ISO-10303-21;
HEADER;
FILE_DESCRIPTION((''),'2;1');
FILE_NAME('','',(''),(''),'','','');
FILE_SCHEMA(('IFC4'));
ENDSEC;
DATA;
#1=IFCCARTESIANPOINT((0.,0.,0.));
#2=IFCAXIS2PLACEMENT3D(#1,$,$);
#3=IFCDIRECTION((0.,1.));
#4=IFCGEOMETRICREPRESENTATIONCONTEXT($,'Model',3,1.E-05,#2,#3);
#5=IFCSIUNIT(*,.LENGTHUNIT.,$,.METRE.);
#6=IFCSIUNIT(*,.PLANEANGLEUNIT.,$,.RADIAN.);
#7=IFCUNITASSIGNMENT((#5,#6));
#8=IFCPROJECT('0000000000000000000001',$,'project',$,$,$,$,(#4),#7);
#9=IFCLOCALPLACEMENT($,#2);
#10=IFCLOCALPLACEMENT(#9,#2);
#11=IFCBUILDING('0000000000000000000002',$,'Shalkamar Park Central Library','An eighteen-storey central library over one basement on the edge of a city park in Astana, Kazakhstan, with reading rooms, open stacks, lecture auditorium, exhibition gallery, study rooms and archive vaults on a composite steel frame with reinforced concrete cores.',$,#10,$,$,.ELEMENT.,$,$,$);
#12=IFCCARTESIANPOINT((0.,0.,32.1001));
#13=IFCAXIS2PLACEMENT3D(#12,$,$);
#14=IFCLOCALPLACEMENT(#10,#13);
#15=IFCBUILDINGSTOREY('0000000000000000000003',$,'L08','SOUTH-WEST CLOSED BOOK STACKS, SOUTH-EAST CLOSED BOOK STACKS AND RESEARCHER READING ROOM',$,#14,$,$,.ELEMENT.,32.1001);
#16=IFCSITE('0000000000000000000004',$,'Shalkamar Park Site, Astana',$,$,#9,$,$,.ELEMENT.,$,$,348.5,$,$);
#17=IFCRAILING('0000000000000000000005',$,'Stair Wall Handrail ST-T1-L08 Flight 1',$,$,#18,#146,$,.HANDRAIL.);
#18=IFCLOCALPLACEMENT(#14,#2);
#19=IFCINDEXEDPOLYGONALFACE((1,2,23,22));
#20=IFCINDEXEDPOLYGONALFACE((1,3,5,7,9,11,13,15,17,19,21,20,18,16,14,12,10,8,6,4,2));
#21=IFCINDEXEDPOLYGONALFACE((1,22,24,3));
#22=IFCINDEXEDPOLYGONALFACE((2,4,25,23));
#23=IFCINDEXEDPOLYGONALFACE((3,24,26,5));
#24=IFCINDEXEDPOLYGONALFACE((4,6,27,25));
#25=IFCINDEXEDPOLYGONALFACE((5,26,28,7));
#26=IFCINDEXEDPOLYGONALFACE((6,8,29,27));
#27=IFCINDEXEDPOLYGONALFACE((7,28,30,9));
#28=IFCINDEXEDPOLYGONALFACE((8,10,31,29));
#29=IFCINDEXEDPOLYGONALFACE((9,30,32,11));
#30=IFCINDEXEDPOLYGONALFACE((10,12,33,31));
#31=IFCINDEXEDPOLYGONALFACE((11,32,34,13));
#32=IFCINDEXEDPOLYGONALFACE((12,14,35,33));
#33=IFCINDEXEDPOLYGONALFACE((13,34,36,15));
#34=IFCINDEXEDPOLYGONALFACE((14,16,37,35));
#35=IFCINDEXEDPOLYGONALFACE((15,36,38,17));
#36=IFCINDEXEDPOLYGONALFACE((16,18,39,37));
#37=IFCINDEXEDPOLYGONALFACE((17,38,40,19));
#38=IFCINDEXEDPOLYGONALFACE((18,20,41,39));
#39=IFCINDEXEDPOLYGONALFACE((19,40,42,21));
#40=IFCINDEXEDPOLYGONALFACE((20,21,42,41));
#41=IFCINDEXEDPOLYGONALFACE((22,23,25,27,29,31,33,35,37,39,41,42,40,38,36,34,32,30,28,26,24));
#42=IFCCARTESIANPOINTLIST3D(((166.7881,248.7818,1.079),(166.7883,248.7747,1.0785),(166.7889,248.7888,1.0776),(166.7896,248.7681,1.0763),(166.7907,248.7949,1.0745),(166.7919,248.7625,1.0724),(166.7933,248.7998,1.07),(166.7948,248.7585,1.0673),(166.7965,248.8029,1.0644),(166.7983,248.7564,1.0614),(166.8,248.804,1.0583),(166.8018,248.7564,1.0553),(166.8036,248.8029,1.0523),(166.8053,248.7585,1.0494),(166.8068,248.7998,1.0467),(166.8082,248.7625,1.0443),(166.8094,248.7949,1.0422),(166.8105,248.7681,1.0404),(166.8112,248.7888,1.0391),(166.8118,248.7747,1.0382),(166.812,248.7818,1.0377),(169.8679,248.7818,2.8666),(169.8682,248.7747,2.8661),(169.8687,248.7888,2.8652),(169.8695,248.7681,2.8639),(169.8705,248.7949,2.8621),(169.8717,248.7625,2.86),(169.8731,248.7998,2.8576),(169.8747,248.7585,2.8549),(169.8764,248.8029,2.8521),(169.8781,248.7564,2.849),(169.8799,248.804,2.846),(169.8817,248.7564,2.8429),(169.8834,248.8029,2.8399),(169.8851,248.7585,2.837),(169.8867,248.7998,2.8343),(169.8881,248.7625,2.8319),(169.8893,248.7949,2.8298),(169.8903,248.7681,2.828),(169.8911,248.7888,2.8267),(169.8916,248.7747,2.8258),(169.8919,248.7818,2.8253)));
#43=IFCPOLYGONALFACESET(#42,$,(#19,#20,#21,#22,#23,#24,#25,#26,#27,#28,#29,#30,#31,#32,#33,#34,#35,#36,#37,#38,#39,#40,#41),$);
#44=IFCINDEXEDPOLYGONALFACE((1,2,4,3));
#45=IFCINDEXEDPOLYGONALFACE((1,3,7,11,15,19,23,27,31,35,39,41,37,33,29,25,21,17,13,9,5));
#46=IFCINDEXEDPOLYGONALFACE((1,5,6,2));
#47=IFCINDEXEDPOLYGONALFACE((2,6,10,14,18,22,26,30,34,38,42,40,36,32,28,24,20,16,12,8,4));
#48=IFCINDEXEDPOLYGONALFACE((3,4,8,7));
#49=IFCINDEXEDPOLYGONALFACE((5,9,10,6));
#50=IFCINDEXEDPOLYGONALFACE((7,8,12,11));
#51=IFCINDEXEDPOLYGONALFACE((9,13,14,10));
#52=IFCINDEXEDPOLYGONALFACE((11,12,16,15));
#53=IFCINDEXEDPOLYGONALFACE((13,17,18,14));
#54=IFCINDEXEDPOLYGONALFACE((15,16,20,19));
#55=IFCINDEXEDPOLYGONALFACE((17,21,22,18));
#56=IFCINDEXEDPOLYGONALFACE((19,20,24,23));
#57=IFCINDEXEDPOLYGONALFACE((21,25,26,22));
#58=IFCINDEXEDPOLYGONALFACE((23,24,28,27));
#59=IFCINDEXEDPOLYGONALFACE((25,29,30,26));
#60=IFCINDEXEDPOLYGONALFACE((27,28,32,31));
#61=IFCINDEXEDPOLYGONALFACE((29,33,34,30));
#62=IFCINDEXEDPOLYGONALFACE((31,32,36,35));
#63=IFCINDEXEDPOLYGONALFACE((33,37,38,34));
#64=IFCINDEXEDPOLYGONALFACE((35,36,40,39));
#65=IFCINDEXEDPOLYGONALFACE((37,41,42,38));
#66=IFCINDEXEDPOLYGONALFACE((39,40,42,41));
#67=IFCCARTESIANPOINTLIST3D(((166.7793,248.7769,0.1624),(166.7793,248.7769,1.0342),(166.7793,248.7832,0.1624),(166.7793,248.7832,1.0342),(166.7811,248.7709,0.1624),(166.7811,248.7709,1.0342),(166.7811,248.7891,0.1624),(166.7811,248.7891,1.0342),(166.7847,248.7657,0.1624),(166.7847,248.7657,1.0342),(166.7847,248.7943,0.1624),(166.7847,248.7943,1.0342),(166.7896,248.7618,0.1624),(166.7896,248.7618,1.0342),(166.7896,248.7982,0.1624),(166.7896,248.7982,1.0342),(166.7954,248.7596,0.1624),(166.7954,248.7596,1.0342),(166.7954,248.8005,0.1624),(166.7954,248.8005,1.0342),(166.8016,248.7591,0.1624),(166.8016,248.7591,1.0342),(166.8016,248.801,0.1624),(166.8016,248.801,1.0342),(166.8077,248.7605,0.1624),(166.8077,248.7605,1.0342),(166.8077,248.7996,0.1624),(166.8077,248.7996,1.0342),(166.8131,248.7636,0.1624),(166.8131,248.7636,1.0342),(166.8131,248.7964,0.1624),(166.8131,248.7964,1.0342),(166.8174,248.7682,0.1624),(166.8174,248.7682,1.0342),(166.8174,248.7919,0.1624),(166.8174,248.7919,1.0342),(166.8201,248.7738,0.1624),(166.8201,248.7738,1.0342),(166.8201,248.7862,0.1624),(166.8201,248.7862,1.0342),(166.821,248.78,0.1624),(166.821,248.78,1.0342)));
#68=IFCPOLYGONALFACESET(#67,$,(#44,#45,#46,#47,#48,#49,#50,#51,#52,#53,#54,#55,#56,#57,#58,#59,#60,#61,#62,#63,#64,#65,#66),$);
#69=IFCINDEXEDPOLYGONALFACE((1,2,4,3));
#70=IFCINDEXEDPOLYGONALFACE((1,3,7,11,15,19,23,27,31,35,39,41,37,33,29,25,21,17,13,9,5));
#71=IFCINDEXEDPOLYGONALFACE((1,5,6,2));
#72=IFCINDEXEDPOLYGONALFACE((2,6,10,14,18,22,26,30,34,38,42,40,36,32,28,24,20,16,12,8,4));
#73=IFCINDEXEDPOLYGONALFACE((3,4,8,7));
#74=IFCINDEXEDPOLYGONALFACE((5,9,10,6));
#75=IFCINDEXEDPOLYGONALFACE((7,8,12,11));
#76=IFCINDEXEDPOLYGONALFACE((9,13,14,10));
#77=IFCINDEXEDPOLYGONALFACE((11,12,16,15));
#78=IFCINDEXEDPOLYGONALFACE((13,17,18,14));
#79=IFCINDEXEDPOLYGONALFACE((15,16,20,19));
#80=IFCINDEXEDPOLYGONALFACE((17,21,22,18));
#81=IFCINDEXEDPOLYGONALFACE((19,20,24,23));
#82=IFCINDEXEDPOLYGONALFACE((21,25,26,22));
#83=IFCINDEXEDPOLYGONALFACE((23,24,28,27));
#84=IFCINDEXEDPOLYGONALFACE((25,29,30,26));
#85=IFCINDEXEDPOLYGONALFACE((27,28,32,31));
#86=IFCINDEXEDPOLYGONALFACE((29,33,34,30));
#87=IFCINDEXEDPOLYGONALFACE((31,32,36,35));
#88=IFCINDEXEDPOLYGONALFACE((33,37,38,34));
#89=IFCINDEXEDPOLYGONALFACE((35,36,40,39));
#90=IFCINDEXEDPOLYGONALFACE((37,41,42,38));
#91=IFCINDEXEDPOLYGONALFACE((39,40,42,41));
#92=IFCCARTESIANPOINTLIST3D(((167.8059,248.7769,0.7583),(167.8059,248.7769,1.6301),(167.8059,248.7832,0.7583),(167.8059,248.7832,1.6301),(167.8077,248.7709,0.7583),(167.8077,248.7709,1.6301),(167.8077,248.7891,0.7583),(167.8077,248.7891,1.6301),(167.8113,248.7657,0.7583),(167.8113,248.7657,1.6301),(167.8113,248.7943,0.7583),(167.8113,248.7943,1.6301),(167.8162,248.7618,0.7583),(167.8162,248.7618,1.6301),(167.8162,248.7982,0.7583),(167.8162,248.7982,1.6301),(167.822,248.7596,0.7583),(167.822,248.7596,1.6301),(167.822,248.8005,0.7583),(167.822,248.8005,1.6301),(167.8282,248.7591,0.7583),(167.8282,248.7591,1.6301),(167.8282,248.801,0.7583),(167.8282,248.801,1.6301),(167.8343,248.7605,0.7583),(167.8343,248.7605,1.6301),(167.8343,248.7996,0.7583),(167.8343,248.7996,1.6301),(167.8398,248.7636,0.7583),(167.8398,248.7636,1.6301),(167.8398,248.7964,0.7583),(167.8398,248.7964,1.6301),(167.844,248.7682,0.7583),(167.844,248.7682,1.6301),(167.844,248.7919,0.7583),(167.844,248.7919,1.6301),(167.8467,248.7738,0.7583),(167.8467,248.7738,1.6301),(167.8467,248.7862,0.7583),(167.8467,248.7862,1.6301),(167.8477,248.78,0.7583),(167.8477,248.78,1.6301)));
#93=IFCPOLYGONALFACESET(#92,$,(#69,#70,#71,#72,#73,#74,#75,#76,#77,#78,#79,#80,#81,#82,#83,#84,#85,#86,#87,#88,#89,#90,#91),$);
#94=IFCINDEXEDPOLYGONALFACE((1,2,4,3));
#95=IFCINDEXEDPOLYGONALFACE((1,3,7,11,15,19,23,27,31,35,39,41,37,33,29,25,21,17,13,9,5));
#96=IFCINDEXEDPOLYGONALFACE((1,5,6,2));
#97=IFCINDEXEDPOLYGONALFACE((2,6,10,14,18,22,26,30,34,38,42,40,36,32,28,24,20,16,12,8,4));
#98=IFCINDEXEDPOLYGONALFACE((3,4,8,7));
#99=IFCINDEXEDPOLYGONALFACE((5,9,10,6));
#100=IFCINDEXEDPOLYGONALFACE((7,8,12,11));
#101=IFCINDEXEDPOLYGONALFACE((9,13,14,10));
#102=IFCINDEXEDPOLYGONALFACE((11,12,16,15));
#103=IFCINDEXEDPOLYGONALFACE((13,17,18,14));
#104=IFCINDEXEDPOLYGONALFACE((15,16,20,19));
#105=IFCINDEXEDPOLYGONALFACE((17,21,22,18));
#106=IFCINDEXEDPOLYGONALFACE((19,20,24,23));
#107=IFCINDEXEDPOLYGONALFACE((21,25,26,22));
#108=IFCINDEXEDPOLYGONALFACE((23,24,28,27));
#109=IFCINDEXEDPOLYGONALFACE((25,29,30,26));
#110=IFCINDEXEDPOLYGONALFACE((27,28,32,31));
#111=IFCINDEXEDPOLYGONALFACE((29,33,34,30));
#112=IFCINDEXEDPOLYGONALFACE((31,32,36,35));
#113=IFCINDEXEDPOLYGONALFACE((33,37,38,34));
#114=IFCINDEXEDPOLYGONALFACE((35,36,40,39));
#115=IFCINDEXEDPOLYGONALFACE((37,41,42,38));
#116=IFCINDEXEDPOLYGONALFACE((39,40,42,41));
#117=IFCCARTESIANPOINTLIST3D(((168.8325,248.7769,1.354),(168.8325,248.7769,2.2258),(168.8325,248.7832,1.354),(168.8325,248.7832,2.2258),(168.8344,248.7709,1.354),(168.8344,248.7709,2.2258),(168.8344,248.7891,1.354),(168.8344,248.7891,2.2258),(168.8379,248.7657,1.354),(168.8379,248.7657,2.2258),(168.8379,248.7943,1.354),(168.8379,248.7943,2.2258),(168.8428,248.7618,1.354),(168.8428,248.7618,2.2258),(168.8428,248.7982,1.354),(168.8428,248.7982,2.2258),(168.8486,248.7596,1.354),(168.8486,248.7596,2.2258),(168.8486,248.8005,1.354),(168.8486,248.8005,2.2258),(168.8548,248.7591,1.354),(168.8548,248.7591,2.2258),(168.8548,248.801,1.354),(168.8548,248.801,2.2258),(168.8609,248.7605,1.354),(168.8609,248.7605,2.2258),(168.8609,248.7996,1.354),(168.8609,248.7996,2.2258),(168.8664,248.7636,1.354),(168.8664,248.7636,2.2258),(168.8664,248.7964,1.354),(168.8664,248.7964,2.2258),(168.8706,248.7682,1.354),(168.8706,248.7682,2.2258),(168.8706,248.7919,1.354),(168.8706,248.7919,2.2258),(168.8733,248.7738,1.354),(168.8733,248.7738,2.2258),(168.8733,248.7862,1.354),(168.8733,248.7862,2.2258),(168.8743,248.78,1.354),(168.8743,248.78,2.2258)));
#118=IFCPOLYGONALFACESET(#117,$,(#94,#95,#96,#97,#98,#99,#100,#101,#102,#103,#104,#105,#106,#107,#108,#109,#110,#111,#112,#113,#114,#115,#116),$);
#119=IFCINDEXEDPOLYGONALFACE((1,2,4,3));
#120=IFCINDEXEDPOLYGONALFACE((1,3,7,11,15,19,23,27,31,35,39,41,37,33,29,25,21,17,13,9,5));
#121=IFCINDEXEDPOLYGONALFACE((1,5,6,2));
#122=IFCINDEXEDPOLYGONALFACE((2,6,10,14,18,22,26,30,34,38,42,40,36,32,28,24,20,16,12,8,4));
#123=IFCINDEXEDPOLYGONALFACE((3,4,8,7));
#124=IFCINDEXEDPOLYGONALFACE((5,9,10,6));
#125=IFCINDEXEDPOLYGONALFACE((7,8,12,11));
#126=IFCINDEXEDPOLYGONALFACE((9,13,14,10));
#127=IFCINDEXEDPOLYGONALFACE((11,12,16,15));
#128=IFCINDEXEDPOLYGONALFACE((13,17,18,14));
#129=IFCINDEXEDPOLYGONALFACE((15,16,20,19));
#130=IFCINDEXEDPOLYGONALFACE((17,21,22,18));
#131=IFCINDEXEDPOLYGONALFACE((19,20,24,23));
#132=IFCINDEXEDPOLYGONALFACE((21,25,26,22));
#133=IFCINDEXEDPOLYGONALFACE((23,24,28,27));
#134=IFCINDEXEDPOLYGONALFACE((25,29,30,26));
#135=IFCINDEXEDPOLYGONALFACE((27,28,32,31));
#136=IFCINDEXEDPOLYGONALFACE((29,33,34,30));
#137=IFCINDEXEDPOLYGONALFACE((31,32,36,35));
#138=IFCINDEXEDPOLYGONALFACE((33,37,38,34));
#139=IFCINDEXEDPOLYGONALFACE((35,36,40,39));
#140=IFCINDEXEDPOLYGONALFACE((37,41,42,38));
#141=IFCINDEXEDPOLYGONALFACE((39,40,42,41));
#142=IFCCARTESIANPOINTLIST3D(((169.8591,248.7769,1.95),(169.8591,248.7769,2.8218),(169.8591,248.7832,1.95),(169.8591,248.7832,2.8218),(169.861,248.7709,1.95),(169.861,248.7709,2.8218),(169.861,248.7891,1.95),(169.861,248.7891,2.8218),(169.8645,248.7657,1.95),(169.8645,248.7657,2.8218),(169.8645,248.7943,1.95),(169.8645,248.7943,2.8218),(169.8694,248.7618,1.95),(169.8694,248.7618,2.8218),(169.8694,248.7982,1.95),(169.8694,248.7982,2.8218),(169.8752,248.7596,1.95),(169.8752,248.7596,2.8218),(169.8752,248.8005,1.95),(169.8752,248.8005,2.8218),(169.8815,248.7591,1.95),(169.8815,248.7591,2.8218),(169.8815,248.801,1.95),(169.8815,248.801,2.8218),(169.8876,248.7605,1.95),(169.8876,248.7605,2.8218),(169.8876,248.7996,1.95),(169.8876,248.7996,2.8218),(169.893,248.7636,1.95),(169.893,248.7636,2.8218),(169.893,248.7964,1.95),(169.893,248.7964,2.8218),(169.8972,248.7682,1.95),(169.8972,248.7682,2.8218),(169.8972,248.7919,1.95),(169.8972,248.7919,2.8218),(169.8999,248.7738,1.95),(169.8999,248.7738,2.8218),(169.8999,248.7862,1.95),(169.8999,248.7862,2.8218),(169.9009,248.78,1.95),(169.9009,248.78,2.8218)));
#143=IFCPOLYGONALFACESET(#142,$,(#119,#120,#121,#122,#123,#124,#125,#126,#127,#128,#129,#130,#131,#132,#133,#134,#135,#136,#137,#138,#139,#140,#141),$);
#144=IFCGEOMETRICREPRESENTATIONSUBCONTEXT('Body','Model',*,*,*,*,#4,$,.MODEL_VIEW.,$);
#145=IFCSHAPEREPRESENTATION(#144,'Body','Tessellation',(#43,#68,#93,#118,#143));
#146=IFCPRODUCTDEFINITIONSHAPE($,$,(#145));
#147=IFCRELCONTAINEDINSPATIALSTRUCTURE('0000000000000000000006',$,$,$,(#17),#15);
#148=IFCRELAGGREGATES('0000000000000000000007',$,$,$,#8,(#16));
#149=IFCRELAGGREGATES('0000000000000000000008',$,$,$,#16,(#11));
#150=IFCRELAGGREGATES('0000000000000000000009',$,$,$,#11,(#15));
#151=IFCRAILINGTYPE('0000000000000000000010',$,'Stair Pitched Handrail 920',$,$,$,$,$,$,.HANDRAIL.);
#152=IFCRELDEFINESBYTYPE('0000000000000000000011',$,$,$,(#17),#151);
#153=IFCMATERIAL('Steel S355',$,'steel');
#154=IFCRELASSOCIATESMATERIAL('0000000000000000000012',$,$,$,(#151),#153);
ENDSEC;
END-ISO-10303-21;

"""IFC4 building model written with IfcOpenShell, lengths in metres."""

from ifc_helpers import new_model, si_unit, direction, frame, origin, origin_2d, place, context, subcontext, project, spatial, circle, extrude, material, type_object, element, save


model = new_model("IFC4")

# Units and contexts
model_context = context("Model", 3, precision=1e-05, world=origin(), true_north=direction((0.0, 1.0)))
body_context = subcontext(model_context, "Body", "Model", "MODEL_VIEW")
ifc_project = project(units=[si_unit("LENGTHUNIT", "METRE"), si_unit("PLANEANGLEUNIT", "RADIAN")], contexts=[model_context])

# Site, building, storey
site_placement = place(None, origin())
site = spatial("IfcSite", under=ifc_project, at=site_placement, Name="Shalkamar Park Site, Astana", CompositionType="ELEMENT", RefElevation=348.5)
building_placement = place(site_placement, origin())
building = spatial("IfcBuilding", under=site, at=building_placement, Name="Shalkamar Park Central Library", Description="An eighteen-storey central library over one basement on the edge of a city park in Astana, Kazakhstan, with reading rooms, open stacks, lecture auditorium, exhibition gallery, study rooms and archive vaults on a composite steel frame with reinforced concrete cores.", CompositionType="ELEMENT")
storey_placement = place(building_placement, frame((0.0, 0.0, 32.1001)))
storey = spatial("IfcBuildingStorey", under=building, at=storey_placement, Name="L08", Description="SOUTH-WEST CLOSED BOOK STACKS, SOUTH-EAST CLOSED BOOK STACKS AND RESEARCHER READING ROOM", CompositionType="ELEMENT", Elevation=32.1001)

# Shared definitions
ifc_material_1 = material(Name="Steel S355", Category="steel")

# Railing
railing_type_1 = type_object("IfcRailingType", Name="Stair Pitched Handrail 920", PredefinedType="HANDRAIL", material=ifc_material_1)
railing_1_placement = place(storey_placement, frame((166.8, 248.78, 0.1624)))
element("IfcRailing", 1, at=railing_1_placement, inside=storey, type_object=railing_type_1, Name="Stair Wall Handrail ST-T1-L08 Flight 1", PredefinedType="HANDRAIL", context=body_context, shape_type="SweptSolid", body=[
    extrude(circle(Radius=0.0239, at=origin_2d()), frame((0.0, 0.0, 0.896), z_axis=(0.864873, 0.0, 0.50199), x_axis=(0.0, 1.0, 0.0)), (0.0, 0.0, 1.0), 3.561),
    extrude(circle(Radius=0.021, at=origin_2d()), origin(), (0.0, 0.0, 1.0), 0.8718),
    extrude(circle(Radius=0.021, at=origin_2d()), frame((1.0266, 0.0, 0.5959)), (0.0, 0.0, 1.0), 0.8718),
    extrude(circle(Radius=0.021, at=origin_2d()), frame((2.0532, 0.0, 1.1917)), (0.0, 0.0, 1.0), 0.8718),
    extrude(circle(Radius=0.021, at=origin_2d()), frame((3.0798, 0.0, 1.7876)), (0.0, 0.0, 1.0), 0.8718),
])

save(model, "model.ifc")
